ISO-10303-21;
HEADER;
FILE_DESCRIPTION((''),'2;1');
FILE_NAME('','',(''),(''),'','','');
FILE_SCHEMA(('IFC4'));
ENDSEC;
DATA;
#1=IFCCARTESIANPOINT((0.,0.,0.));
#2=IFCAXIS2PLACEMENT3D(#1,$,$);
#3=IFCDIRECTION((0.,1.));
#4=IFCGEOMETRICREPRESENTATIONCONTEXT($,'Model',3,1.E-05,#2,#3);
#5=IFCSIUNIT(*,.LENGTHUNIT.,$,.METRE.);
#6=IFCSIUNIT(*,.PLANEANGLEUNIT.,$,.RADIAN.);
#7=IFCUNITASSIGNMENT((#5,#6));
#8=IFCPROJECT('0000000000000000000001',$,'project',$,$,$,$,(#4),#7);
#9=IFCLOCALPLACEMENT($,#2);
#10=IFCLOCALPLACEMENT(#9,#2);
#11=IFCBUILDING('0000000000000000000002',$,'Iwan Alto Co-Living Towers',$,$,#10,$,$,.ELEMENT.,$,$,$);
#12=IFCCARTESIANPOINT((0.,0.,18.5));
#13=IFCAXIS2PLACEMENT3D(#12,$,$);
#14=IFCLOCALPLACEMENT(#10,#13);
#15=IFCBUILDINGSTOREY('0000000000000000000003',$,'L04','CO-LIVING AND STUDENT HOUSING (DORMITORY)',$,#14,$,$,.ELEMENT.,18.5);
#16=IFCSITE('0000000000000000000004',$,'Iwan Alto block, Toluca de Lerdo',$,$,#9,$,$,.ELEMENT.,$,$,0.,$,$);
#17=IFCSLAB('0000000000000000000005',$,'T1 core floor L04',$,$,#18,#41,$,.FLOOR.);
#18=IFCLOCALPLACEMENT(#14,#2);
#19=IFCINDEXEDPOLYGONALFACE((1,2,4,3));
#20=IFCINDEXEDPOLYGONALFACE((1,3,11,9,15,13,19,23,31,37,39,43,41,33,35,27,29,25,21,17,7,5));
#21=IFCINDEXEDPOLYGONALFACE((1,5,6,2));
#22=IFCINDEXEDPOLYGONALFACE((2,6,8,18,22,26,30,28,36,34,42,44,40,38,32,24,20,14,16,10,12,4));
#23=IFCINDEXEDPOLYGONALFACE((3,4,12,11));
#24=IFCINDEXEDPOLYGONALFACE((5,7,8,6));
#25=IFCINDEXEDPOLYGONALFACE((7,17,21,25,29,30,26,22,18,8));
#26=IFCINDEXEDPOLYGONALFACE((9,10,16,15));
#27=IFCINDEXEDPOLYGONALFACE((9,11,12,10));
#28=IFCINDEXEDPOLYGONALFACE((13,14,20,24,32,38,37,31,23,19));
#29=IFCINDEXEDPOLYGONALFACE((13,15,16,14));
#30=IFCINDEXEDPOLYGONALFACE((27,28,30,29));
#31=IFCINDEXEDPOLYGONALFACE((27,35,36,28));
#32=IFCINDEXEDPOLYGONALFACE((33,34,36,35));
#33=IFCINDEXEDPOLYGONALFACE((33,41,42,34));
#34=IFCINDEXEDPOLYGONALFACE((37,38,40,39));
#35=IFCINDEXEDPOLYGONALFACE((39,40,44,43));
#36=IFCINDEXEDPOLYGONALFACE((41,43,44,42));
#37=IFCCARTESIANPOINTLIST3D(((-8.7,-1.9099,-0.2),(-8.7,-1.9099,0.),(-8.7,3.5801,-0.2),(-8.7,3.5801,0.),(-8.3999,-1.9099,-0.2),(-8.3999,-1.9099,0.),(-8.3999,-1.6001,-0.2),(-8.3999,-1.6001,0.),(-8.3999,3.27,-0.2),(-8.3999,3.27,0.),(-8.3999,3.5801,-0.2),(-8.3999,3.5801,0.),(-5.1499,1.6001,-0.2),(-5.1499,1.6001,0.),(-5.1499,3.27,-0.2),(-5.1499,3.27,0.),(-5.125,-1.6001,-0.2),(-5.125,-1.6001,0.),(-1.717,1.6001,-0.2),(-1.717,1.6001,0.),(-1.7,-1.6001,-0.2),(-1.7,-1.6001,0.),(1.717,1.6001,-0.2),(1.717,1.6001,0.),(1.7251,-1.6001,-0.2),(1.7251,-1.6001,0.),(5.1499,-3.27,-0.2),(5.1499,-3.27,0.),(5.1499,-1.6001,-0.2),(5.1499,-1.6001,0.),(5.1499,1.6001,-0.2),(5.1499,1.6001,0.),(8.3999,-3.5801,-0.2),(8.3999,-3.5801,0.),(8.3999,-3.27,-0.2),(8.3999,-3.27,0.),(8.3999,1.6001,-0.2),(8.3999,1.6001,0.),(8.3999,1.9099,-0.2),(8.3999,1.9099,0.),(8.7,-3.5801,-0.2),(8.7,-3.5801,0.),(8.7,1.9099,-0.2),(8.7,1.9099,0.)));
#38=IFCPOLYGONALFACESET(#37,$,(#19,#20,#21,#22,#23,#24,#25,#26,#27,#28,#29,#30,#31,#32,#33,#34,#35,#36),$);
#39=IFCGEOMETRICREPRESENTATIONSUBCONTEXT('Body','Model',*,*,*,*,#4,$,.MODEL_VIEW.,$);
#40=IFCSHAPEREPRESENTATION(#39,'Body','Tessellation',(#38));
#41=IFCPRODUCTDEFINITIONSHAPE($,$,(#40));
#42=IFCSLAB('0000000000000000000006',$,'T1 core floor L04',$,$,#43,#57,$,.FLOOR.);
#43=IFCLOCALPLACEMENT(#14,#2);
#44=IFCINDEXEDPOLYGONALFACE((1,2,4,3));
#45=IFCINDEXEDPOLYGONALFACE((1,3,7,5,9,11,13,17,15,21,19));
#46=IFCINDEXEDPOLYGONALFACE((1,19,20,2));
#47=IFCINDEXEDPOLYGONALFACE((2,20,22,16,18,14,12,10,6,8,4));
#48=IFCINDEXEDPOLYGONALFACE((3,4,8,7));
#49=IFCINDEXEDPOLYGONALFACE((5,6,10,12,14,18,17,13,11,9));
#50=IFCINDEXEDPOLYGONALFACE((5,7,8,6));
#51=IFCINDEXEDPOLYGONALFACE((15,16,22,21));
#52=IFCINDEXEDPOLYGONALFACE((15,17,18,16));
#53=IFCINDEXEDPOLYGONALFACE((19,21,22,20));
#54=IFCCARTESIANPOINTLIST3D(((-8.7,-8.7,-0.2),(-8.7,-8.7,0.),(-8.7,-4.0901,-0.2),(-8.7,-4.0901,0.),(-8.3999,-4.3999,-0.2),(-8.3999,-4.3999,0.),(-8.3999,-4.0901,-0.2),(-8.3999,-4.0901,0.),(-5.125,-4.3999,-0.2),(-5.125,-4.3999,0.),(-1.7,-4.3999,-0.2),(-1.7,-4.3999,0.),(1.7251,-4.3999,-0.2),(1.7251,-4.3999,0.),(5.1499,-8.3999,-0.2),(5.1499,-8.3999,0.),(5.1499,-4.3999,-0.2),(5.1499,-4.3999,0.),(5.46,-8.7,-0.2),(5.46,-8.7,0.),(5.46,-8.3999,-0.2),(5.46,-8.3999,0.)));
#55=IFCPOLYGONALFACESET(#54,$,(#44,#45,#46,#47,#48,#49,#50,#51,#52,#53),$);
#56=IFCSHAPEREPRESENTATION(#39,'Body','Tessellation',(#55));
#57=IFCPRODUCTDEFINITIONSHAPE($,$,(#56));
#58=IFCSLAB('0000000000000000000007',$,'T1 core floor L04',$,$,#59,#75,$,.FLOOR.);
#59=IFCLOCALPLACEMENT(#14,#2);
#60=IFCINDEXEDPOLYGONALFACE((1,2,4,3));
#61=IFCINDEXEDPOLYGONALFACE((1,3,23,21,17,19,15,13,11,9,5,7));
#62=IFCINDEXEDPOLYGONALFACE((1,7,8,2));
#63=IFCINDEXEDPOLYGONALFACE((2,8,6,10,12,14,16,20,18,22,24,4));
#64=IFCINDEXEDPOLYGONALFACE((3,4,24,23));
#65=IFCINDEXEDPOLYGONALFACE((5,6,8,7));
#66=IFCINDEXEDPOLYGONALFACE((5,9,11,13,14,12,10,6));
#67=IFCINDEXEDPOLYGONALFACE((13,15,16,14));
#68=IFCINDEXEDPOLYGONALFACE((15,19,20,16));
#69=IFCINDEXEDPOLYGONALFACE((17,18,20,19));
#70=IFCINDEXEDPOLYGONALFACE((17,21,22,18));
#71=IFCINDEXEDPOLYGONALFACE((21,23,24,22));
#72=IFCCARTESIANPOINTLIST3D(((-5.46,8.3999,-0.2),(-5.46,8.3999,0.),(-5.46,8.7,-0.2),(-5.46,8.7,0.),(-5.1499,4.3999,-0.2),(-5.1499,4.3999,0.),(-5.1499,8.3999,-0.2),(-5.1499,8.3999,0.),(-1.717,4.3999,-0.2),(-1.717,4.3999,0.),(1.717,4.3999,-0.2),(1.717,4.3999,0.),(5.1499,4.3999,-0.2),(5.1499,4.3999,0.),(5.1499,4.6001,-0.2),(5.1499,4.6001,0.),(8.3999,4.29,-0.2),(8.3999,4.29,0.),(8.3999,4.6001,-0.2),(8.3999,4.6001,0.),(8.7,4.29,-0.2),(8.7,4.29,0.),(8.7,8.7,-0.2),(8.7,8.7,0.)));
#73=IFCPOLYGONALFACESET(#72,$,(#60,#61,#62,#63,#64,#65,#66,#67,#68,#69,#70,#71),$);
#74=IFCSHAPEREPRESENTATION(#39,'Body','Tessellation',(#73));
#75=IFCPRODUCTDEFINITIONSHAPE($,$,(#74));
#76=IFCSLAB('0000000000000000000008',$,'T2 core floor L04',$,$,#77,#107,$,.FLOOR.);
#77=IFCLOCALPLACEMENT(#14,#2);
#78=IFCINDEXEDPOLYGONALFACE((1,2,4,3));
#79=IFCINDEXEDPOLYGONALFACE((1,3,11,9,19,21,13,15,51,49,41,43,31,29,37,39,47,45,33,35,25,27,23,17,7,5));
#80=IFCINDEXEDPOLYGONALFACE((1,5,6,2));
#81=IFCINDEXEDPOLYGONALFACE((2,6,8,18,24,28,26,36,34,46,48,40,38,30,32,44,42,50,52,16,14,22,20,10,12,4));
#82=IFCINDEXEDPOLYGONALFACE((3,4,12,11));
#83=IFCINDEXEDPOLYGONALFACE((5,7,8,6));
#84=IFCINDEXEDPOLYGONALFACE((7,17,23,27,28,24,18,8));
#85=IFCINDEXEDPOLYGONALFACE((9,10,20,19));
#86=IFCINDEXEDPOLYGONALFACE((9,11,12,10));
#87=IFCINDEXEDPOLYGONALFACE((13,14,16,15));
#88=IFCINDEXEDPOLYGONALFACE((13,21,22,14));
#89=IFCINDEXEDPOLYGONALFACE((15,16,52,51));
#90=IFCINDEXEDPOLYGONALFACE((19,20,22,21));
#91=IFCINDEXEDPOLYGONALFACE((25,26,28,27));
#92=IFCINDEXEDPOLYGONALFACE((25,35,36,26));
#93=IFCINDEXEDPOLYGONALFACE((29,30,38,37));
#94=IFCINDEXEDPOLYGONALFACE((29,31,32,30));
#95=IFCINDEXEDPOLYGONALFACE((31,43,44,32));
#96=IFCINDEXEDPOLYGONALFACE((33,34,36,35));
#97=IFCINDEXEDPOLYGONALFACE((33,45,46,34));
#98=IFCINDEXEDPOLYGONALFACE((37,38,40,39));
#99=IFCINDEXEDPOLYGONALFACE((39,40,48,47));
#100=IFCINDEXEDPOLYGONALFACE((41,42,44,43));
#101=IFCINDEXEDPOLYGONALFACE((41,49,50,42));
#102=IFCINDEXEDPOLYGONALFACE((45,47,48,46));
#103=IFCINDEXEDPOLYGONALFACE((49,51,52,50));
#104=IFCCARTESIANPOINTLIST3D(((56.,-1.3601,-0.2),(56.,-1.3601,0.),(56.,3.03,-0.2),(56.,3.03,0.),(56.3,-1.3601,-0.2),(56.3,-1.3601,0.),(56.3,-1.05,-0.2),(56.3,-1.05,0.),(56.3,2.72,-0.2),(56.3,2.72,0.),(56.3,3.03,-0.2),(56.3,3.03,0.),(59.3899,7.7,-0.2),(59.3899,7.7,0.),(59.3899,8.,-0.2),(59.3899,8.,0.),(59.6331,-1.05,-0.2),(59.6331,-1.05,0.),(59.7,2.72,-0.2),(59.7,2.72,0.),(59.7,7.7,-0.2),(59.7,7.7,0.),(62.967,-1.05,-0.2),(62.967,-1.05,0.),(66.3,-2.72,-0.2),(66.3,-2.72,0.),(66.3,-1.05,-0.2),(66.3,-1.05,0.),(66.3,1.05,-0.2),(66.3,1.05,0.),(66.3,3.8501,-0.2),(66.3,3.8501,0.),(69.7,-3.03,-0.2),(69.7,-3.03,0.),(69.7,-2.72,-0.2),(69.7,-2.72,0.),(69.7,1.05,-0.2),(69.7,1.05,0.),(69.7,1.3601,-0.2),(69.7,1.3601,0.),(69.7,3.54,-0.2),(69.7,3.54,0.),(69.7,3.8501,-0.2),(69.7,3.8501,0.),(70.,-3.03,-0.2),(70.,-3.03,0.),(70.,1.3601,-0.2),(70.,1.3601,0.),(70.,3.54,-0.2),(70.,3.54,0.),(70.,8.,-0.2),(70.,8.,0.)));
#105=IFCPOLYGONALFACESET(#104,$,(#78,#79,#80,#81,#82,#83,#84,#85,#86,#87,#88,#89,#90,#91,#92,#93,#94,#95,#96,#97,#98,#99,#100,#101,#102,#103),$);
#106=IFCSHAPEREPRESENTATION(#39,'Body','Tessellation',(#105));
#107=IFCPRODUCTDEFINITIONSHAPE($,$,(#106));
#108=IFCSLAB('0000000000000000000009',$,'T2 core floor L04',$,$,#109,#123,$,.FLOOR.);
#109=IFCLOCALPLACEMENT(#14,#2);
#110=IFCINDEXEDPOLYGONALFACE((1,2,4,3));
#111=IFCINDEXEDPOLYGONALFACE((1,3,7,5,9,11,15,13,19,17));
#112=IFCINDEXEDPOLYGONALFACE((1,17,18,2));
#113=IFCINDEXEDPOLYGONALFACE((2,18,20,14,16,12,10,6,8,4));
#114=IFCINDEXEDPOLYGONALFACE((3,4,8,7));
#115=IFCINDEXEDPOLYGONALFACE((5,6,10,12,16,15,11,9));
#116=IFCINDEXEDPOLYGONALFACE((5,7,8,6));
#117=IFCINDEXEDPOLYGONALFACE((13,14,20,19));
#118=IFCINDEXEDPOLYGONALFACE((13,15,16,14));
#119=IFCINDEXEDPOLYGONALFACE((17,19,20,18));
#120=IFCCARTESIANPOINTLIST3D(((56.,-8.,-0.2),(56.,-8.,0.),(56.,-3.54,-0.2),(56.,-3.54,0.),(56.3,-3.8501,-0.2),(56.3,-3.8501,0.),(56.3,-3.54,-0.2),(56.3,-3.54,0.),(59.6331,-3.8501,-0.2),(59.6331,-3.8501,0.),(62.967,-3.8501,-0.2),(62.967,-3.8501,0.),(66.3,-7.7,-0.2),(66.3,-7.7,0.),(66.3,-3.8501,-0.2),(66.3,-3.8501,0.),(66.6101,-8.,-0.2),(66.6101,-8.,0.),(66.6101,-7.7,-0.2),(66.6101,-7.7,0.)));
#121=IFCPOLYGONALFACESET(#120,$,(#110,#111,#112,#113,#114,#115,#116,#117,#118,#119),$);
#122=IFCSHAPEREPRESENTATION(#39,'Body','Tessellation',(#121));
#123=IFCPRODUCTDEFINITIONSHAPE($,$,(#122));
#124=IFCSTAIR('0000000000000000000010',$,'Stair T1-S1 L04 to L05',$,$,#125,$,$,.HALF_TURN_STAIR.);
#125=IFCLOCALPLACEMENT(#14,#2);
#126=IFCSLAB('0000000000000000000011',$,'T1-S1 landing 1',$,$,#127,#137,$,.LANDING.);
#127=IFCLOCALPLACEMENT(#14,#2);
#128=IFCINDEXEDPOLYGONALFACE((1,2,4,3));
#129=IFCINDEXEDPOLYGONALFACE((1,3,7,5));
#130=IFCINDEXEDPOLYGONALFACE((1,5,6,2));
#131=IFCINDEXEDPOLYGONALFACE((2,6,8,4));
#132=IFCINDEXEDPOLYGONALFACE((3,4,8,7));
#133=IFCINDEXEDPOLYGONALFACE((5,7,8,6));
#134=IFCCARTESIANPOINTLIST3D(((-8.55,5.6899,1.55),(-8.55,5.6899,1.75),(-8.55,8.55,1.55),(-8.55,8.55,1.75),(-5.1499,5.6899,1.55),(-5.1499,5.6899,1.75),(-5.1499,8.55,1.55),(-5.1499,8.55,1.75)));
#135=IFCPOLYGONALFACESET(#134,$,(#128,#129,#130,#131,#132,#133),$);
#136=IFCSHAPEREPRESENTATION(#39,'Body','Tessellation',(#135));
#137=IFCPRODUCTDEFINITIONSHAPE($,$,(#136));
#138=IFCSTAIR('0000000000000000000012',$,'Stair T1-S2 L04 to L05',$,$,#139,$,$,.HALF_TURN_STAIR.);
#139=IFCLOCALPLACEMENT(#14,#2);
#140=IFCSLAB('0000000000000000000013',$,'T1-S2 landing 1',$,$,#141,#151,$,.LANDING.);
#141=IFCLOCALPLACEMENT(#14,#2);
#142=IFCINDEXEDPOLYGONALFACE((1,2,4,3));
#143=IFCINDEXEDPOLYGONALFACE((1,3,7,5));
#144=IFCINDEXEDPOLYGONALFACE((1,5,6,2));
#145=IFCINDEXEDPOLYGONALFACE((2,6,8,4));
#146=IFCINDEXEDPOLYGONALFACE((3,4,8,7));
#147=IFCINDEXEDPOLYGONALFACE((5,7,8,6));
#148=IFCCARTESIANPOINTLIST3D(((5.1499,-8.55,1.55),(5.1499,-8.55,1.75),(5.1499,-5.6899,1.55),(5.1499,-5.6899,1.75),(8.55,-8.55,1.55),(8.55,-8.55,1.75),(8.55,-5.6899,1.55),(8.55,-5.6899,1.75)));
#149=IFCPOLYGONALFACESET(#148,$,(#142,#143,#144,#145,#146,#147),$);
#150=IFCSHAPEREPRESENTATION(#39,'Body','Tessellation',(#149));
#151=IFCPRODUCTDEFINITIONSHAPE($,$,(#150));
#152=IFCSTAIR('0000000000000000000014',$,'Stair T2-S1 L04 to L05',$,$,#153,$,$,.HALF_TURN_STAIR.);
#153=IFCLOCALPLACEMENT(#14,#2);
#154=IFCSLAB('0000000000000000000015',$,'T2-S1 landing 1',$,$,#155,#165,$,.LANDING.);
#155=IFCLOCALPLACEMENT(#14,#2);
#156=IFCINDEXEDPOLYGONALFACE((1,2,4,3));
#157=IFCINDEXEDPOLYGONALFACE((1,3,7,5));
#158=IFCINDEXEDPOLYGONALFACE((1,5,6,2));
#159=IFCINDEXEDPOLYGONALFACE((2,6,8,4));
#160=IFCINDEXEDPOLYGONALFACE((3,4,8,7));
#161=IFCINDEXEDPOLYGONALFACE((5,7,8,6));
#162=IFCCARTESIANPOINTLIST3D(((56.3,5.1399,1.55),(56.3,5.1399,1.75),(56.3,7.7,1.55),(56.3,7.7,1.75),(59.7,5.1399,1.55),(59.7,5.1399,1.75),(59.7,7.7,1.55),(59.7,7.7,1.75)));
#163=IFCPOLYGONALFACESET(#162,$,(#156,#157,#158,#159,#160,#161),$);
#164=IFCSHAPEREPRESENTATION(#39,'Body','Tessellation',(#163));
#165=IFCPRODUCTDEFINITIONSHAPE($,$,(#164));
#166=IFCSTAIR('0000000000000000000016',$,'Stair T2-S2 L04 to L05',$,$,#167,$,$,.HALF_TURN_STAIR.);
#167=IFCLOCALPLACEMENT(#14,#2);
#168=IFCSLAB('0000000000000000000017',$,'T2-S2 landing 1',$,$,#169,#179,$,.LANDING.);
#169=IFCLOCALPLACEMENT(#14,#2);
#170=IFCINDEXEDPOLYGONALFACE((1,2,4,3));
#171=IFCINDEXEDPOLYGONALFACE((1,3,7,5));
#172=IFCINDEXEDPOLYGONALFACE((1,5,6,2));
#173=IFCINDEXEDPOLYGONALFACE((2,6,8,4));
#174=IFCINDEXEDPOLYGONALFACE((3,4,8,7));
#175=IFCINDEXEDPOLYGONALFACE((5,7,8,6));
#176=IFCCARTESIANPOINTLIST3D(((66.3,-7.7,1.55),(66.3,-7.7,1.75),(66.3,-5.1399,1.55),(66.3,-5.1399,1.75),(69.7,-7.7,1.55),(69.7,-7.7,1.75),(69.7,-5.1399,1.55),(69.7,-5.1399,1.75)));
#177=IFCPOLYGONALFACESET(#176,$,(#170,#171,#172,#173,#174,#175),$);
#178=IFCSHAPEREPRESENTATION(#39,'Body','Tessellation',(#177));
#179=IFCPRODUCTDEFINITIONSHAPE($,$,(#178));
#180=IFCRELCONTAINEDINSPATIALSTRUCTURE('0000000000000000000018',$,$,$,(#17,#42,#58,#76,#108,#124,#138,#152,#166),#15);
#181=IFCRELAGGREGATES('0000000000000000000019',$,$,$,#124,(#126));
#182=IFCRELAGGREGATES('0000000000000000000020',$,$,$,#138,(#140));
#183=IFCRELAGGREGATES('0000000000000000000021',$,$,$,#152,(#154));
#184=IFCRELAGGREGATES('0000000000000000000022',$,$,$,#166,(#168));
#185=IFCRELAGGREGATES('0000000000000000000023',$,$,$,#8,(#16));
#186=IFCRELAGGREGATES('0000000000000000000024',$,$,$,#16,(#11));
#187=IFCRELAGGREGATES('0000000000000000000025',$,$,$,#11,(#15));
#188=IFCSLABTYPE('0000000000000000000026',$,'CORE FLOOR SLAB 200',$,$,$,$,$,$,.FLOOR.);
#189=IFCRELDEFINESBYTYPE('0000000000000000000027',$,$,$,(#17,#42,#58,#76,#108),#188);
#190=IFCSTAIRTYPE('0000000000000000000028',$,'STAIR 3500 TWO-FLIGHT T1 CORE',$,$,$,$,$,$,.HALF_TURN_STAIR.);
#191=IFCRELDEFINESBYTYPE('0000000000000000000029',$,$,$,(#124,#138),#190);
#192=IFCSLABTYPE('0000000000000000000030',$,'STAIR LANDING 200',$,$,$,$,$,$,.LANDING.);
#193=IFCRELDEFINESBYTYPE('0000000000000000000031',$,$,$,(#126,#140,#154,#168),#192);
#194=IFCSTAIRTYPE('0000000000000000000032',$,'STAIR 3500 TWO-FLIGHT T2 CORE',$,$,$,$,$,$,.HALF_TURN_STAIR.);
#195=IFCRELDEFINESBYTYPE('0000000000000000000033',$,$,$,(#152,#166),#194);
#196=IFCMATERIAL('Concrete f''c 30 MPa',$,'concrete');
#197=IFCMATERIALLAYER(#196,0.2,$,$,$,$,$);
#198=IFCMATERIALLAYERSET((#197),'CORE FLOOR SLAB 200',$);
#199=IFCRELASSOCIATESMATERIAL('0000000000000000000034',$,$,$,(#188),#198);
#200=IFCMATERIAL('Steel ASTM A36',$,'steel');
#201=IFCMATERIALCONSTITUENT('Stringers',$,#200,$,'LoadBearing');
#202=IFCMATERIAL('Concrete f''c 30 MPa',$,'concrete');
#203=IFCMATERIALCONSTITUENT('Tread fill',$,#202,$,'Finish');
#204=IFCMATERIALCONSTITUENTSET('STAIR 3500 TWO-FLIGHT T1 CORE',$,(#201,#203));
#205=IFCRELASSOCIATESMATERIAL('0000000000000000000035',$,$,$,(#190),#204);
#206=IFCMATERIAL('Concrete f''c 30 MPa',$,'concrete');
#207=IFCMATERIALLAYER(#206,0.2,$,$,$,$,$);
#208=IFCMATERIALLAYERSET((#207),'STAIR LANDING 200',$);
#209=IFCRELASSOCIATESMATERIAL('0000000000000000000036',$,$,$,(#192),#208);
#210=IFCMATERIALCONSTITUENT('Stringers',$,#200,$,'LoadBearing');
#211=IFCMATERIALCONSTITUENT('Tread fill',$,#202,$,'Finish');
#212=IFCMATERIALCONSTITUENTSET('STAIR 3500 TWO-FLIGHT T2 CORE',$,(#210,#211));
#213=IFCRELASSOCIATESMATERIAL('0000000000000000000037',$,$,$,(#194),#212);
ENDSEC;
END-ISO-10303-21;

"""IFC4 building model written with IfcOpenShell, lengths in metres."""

from ifc_helpers import new_model, si_unit, direction, frame, origin, place, context, subcontext, project, spatial, polyline, outline, extrude, material, layer, layer_set, constituent, constituent_set, type_object, element, aggregate, save


model = new_model("IFC4")

# Units and contexts
model_context = context("Model", 3, precision=1e-05, world=origin(), true_north=direction((0.0, 1.0)))
body_context = subcontext(model_context, "Body", "Model", "MODEL_VIEW")
ifc_project = project(units=[si_unit("LENGTHUNIT", "METRE"), si_unit("PLANEANGLEUNIT", "RADIAN")], contexts=[model_context])

# Site, building, storey
site_placement = place(None, origin())
site = spatial("IfcSite", under=ifc_project, at=site_placement, Name="Iwan Alto block, Toluca de Lerdo", CompositionType="ELEMENT", RefElevation=0.0)
building_placement = place(site_placement, origin())
building = spatial("IfcBuilding", under=site, at=building_placement, Name="Iwan Alto Co-Living Towers", CompositionType="ELEMENT")
storey_placement = place(building_placement, frame((0.0, 0.0, 18.5)))
storey = spatial("IfcBuildingStorey", under=building, at=storey_placement, Name="L04", Description="CO-LIVING AND STUDENT HOUSING (DORMITORY)", CompositionType="ELEMENT", Elevation=18.5)

# Slabs
ifc_material_1 = material(Name="Concrete f'c 30 MPa", Category="concrete")
ifc_layer_1 = layer(ifc_material_1, 0.2)
ifc_layer_set_1 = layer_set([ifc_layer_1], Name="CORE FLOOR SLAB 200")
slab_type_1 = type_object("IfcSlabType", Name="CORE FLOOR SLAB 200", PredefinedType="FLOOR", material=ifc_layer_set_1)
slab_1_placement = place(storey_placement, frame((0.0, 0.0, -0.2)))
element("IfcSlab", 1, at=slab_1_placement, inside=storey, type_object=slab_type_1, Name="T1 core floor L04", PredefinedType="FLOOR", context=body_context, shape_type="SweptSolid", body=[
    extrude(outline(polyline([(8.7, -3.5801), (8.3999, -3.5801), (8.3999, -3.27), (5.1499, -3.27), (5.1499, -1.6001), (1.7251, -1.6001), (-1.7, -1.6001), (-5.125, -1.6001), (-8.3999, -1.6001), (-8.3999, -1.9099), (-8.7, -1.9099), (-8.7, 3.5801), (-8.3999, 3.5801), (-8.3999, 3.27), (-5.1499, 3.27), (-5.1499, 1.6001), (-1.717, 1.6001), (1.717, 1.6001), (5.1499, 1.6001), (8.3999, 1.6001), (8.3999, 1.9099), (8.7, 1.9099), (8.7, -3.5801)])), origin(), (0.0, 0.0, 1.0), 0.2),
])
slab_2_placement = place(storey_placement, frame((0.0, 0.0, -0.2)))
element("IfcSlab", 2, at=slab_2_placement, inside=storey, type_object=slab_type_1, Name="T1 core floor L04", PredefinedType="FLOOR", context=body_context, shape_type="SweptSolid", body=[
    extrude(outline(polyline([(-1.7, -4.3999), (1.7251, -4.3999), (5.1499, -4.3999), (5.1499, -8.3999), (5.46, -8.3999), (5.46, -8.7), (-8.7, -8.7), (-8.7, -4.0901), (-8.3999, -4.0901), (-8.3999, -4.3999), (-5.125, -4.3999), (-1.7, -4.3999)])), origin(), (0.0, 0.0, 1.0), 0.2),
])
slab_3_placement = place(storey_placement, frame((0.0, 0.0, -0.2)))
element("IfcSlab", 3, at=slab_3_placement, inside=storey, type_object=slab_type_1, Name="T1 core floor L04", PredefinedType="FLOOR", context=body_context, shape_type="SweptSolid", body=[
    extrude(outline(polyline([(1.717, 4.3999), (-1.717, 4.3999), (-5.1499, 4.3999), (-5.1499, 8.3999), (-5.46, 8.3999), (-5.46, 8.7), (8.7, 8.7), (8.7, 4.29), (8.3999, 4.29), (8.3999, 4.6001), (5.1499, 4.6001), (5.1499, 4.3999), (1.717, 4.3999)])), origin(), (0.0, 0.0, 1.0), 0.2),
])
slab_4_placement = place(storey_placement, frame((0.0, 0.0, -0.2)))
element("IfcSlab", 4, at=slab_4_placement, inside=storey, type_object=slab_type_1, Name="T2 core floor L04", PredefinedType="FLOOR", context=body_context, shape_type="SweptSolid", body=[
    extrude(outline(polyline([(70.0, -3.03), (69.7, -3.03), (69.7, -2.72), (66.3, -2.72), (66.3, -1.05), (62.967, -1.05), (59.6331, -1.05), (56.3, -1.05), (56.3, -1.3601), (56.0, -1.3601), (56.0, 3.03), (56.3, 3.03), (56.3, 2.72), (59.7, 2.72), (59.7, 7.7), (59.3899, 7.7), (59.3899, 8.0), (70.0, 8.0), (70.0, 3.54), (69.7, 3.54), (69.7, 3.8501), (66.3, 3.8501), (66.3, 1.05), (69.7, 1.05), (69.7, 1.3601), (70.0, 1.3601), (70.0, -3.03)])), origin(), (0.0, 0.0, 1.0), 0.2),
])
slab_5_placement = place(storey_placement, frame((0.0, 0.0, -0.2)))
element("IfcSlab", 5, at=slab_5_placement, inside=storey, type_object=slab_type_1, Name="T2 core floor L04", PredefinedType="FLOOR", context=body_context, shape_type="SweptSolid", body=[
    extrude(outline(polyline([(62.967, -3.8501), (66.3, -3.8501), (66.3, -7.7), (66.6101, -7.7), (66.6101, -8.0), (56.0, -8.0), (56.0, -3.54), (56.3, -3.54), (56.3, -3.8501), (59.6331, -3.8501), (62.967, -3.8501)])), origin(), (0.0, 0.0, 1.0), 0.2),
])

# Stairs, slabs
ifc_material_2 = material(Name="Steel ASTM A36", Category="steel")
ifc_constituent_1 = constituent(ifc_material_2, Name="Stringers", Category="LoadBearing")
ifc_material_3 = material(Name="Concrete f'c 30 MPa", Category="concrete")
ifc_constituent_2 = constituent(ifc_material_3, Name="Tread fill", Category="Finish")
ifc_constituent_set_1 = constituent_set(constituents=[ifc_constituent_1, ifc_constituent_2], Name="STAIR 3500 TWO-FLIGHT T1 CORE")
stair_type_1 = type_object("IfcStairType", Name="STAIR 3500 TWO-FLIGHT T1 CORE", PredefinedType="HALF_TURN_STAIR", material=ifc_constituent_set_1)
stair_1_placement = place(storey_placement, origin())
stair_1 = element("IfcStair", 6, at=stair_1_placement, inside=storey, type_object=stair_type_1, Name="Stair T1-S1 L04 to L05", PredefinedType="HALF_TURN_STAIR")
ifc_material_4 = material(Name="Concrete f'c 30 MPa", Category="concrete")
ifc_layer_2 = layer(ifc_material_4, 0.2)
ifc_layer_set_2 = layer_set([ifc_layer_2], Name="STAIR LANDING 200")
slab_type_2 = type_object("IfcSlabType", Name="STAIR LANDING 200", PredefinedType="LANDING", material=ifc_layer_set_2)
slab_6_placement = place(storey_placement, frame((0.0, 0.0, 1.55)))
slab_6 = element("IfcSlab", 7, at=slab_6_placement, type_object=slab_type_2, Name="T1-S1 landing 1", PredefinedType="LANDING", context=body_context, shape_type="SweptSolid", body=[
    extrude(outline(polyline([(-8.55, 5.6899), (-8.55, 8.55), (-5.1499, 8.55), (-5.1499, 5.6899), (-8.55, 5.6899)])), origin(), (0.0, 0.0, 1.0), 0.2),
])
aggregate(stair_1, [slab_6])
stair_2_placement = place(storey_placement, origin())
stair_2 = element("IfcStair", 8, at=stair_2_placement, inside=storey, type_object=stair_type_1, Name="Stair T1-S2 L04 to L05", PredefinedType="HALF_TURN_STAIR")
slab_7_placement = place(storey_placement, frame((0.0, 0.0, 1.55)))
slab_7 = element("IfcSlab", 9, at=slab_7_placement, type_object=slab_type_2, Name="T1-S2 landing 1", PredefinedType="LANDING", context=body_context, shape_type="SweptSolid", body=[
    extrude(outline(polyline([(5.1499, -5.6899), (5.1499, -8.55), (8.55, -8.55), (8.55, -5.6899), (5.1499, -5.6899)])), origin(), (0.0, 0.0, 1.0), 0.2),
])
aggregate(stair_2, [slab_7])
ifc_constituent_3 = constituent(ifc_material_2, Name="Stringers", Category="LoadBearing")
ifc_constituent_4 = constituent(ifc_material_3, Name="Tread fill", Category="Finish")
ifc_constituent_set_2 = constituent_set(constituents=[ifc_constituent_3, ifc_constituent_4], Name="STAIR 3500 TWO-FLIGHT T2 CORE")
stair_type_2 = type_object("IfcStairType", Name="STAIR 3500 TWO-FLIGHT T2 CORE", PredefinedType="HALF_TURN_STAIR", material=ifc_constituent_set_2)
stair_3_placement = place(storey_placement, origin())
stair_3 = element("IfcStair", 10, at=stair_3_placement, inside=storey, type_object=stair_type_2, Name="Stair T2-S1 L04 to L05", PredefinedType="HALF_TURN_STAIR")
slab_8_placement = place(storey_placement, frame((0.0, 0.0, 1.55)))
slab_8 = element("IfcSlab", 11, at=slab_8_placement, type_object=slab_type_2, Name="T2-S1 landing 1", PredefinedType="LANDING", context=body_context, shape_type="SweptSolid", body=[
    extrude(outline(polyline([(56.3, 5.1399), (56.3, 7.7), (59.7, 7.7), (59.7, 5.1399), (56.3, 5.1399)])), origin(), (0.0, 0.0, 1.0), 0.2),
])
aggregate(stair_3, [slab_8])
stair_4_placement = place(storey_placement, origin())
stair_4 = element("IfcStair", 12, at=stair_4_placement, inside=storey, type_object=stair_type_2, Name="Stair T2-S2 L04 to L05", PredefinedType="HALF_TURN_STAIR")
slab_9_placement = place(storey_placement, frame((0.0, 0.0, 1.55)))
slab_9 = element("IfcSlab", 13, at=slab_9_placement, type_object=slab_type_2, Name="T2-S2 landing 1", PredefinedType="LANDING", context=body_context, shape_type="SweptSolid", body=[
    extrude(outline(polyline([(66.3, -5.1399), (66.3, -7.7), (69.7, -7.7), (69.7, -5.1399), (66.3, -5.1399)])), origin(), (0.0, 0.0, 1.0), 0.2),
])
aggregate(stair_4, [slab_9])

save(model, "model.ifc")
